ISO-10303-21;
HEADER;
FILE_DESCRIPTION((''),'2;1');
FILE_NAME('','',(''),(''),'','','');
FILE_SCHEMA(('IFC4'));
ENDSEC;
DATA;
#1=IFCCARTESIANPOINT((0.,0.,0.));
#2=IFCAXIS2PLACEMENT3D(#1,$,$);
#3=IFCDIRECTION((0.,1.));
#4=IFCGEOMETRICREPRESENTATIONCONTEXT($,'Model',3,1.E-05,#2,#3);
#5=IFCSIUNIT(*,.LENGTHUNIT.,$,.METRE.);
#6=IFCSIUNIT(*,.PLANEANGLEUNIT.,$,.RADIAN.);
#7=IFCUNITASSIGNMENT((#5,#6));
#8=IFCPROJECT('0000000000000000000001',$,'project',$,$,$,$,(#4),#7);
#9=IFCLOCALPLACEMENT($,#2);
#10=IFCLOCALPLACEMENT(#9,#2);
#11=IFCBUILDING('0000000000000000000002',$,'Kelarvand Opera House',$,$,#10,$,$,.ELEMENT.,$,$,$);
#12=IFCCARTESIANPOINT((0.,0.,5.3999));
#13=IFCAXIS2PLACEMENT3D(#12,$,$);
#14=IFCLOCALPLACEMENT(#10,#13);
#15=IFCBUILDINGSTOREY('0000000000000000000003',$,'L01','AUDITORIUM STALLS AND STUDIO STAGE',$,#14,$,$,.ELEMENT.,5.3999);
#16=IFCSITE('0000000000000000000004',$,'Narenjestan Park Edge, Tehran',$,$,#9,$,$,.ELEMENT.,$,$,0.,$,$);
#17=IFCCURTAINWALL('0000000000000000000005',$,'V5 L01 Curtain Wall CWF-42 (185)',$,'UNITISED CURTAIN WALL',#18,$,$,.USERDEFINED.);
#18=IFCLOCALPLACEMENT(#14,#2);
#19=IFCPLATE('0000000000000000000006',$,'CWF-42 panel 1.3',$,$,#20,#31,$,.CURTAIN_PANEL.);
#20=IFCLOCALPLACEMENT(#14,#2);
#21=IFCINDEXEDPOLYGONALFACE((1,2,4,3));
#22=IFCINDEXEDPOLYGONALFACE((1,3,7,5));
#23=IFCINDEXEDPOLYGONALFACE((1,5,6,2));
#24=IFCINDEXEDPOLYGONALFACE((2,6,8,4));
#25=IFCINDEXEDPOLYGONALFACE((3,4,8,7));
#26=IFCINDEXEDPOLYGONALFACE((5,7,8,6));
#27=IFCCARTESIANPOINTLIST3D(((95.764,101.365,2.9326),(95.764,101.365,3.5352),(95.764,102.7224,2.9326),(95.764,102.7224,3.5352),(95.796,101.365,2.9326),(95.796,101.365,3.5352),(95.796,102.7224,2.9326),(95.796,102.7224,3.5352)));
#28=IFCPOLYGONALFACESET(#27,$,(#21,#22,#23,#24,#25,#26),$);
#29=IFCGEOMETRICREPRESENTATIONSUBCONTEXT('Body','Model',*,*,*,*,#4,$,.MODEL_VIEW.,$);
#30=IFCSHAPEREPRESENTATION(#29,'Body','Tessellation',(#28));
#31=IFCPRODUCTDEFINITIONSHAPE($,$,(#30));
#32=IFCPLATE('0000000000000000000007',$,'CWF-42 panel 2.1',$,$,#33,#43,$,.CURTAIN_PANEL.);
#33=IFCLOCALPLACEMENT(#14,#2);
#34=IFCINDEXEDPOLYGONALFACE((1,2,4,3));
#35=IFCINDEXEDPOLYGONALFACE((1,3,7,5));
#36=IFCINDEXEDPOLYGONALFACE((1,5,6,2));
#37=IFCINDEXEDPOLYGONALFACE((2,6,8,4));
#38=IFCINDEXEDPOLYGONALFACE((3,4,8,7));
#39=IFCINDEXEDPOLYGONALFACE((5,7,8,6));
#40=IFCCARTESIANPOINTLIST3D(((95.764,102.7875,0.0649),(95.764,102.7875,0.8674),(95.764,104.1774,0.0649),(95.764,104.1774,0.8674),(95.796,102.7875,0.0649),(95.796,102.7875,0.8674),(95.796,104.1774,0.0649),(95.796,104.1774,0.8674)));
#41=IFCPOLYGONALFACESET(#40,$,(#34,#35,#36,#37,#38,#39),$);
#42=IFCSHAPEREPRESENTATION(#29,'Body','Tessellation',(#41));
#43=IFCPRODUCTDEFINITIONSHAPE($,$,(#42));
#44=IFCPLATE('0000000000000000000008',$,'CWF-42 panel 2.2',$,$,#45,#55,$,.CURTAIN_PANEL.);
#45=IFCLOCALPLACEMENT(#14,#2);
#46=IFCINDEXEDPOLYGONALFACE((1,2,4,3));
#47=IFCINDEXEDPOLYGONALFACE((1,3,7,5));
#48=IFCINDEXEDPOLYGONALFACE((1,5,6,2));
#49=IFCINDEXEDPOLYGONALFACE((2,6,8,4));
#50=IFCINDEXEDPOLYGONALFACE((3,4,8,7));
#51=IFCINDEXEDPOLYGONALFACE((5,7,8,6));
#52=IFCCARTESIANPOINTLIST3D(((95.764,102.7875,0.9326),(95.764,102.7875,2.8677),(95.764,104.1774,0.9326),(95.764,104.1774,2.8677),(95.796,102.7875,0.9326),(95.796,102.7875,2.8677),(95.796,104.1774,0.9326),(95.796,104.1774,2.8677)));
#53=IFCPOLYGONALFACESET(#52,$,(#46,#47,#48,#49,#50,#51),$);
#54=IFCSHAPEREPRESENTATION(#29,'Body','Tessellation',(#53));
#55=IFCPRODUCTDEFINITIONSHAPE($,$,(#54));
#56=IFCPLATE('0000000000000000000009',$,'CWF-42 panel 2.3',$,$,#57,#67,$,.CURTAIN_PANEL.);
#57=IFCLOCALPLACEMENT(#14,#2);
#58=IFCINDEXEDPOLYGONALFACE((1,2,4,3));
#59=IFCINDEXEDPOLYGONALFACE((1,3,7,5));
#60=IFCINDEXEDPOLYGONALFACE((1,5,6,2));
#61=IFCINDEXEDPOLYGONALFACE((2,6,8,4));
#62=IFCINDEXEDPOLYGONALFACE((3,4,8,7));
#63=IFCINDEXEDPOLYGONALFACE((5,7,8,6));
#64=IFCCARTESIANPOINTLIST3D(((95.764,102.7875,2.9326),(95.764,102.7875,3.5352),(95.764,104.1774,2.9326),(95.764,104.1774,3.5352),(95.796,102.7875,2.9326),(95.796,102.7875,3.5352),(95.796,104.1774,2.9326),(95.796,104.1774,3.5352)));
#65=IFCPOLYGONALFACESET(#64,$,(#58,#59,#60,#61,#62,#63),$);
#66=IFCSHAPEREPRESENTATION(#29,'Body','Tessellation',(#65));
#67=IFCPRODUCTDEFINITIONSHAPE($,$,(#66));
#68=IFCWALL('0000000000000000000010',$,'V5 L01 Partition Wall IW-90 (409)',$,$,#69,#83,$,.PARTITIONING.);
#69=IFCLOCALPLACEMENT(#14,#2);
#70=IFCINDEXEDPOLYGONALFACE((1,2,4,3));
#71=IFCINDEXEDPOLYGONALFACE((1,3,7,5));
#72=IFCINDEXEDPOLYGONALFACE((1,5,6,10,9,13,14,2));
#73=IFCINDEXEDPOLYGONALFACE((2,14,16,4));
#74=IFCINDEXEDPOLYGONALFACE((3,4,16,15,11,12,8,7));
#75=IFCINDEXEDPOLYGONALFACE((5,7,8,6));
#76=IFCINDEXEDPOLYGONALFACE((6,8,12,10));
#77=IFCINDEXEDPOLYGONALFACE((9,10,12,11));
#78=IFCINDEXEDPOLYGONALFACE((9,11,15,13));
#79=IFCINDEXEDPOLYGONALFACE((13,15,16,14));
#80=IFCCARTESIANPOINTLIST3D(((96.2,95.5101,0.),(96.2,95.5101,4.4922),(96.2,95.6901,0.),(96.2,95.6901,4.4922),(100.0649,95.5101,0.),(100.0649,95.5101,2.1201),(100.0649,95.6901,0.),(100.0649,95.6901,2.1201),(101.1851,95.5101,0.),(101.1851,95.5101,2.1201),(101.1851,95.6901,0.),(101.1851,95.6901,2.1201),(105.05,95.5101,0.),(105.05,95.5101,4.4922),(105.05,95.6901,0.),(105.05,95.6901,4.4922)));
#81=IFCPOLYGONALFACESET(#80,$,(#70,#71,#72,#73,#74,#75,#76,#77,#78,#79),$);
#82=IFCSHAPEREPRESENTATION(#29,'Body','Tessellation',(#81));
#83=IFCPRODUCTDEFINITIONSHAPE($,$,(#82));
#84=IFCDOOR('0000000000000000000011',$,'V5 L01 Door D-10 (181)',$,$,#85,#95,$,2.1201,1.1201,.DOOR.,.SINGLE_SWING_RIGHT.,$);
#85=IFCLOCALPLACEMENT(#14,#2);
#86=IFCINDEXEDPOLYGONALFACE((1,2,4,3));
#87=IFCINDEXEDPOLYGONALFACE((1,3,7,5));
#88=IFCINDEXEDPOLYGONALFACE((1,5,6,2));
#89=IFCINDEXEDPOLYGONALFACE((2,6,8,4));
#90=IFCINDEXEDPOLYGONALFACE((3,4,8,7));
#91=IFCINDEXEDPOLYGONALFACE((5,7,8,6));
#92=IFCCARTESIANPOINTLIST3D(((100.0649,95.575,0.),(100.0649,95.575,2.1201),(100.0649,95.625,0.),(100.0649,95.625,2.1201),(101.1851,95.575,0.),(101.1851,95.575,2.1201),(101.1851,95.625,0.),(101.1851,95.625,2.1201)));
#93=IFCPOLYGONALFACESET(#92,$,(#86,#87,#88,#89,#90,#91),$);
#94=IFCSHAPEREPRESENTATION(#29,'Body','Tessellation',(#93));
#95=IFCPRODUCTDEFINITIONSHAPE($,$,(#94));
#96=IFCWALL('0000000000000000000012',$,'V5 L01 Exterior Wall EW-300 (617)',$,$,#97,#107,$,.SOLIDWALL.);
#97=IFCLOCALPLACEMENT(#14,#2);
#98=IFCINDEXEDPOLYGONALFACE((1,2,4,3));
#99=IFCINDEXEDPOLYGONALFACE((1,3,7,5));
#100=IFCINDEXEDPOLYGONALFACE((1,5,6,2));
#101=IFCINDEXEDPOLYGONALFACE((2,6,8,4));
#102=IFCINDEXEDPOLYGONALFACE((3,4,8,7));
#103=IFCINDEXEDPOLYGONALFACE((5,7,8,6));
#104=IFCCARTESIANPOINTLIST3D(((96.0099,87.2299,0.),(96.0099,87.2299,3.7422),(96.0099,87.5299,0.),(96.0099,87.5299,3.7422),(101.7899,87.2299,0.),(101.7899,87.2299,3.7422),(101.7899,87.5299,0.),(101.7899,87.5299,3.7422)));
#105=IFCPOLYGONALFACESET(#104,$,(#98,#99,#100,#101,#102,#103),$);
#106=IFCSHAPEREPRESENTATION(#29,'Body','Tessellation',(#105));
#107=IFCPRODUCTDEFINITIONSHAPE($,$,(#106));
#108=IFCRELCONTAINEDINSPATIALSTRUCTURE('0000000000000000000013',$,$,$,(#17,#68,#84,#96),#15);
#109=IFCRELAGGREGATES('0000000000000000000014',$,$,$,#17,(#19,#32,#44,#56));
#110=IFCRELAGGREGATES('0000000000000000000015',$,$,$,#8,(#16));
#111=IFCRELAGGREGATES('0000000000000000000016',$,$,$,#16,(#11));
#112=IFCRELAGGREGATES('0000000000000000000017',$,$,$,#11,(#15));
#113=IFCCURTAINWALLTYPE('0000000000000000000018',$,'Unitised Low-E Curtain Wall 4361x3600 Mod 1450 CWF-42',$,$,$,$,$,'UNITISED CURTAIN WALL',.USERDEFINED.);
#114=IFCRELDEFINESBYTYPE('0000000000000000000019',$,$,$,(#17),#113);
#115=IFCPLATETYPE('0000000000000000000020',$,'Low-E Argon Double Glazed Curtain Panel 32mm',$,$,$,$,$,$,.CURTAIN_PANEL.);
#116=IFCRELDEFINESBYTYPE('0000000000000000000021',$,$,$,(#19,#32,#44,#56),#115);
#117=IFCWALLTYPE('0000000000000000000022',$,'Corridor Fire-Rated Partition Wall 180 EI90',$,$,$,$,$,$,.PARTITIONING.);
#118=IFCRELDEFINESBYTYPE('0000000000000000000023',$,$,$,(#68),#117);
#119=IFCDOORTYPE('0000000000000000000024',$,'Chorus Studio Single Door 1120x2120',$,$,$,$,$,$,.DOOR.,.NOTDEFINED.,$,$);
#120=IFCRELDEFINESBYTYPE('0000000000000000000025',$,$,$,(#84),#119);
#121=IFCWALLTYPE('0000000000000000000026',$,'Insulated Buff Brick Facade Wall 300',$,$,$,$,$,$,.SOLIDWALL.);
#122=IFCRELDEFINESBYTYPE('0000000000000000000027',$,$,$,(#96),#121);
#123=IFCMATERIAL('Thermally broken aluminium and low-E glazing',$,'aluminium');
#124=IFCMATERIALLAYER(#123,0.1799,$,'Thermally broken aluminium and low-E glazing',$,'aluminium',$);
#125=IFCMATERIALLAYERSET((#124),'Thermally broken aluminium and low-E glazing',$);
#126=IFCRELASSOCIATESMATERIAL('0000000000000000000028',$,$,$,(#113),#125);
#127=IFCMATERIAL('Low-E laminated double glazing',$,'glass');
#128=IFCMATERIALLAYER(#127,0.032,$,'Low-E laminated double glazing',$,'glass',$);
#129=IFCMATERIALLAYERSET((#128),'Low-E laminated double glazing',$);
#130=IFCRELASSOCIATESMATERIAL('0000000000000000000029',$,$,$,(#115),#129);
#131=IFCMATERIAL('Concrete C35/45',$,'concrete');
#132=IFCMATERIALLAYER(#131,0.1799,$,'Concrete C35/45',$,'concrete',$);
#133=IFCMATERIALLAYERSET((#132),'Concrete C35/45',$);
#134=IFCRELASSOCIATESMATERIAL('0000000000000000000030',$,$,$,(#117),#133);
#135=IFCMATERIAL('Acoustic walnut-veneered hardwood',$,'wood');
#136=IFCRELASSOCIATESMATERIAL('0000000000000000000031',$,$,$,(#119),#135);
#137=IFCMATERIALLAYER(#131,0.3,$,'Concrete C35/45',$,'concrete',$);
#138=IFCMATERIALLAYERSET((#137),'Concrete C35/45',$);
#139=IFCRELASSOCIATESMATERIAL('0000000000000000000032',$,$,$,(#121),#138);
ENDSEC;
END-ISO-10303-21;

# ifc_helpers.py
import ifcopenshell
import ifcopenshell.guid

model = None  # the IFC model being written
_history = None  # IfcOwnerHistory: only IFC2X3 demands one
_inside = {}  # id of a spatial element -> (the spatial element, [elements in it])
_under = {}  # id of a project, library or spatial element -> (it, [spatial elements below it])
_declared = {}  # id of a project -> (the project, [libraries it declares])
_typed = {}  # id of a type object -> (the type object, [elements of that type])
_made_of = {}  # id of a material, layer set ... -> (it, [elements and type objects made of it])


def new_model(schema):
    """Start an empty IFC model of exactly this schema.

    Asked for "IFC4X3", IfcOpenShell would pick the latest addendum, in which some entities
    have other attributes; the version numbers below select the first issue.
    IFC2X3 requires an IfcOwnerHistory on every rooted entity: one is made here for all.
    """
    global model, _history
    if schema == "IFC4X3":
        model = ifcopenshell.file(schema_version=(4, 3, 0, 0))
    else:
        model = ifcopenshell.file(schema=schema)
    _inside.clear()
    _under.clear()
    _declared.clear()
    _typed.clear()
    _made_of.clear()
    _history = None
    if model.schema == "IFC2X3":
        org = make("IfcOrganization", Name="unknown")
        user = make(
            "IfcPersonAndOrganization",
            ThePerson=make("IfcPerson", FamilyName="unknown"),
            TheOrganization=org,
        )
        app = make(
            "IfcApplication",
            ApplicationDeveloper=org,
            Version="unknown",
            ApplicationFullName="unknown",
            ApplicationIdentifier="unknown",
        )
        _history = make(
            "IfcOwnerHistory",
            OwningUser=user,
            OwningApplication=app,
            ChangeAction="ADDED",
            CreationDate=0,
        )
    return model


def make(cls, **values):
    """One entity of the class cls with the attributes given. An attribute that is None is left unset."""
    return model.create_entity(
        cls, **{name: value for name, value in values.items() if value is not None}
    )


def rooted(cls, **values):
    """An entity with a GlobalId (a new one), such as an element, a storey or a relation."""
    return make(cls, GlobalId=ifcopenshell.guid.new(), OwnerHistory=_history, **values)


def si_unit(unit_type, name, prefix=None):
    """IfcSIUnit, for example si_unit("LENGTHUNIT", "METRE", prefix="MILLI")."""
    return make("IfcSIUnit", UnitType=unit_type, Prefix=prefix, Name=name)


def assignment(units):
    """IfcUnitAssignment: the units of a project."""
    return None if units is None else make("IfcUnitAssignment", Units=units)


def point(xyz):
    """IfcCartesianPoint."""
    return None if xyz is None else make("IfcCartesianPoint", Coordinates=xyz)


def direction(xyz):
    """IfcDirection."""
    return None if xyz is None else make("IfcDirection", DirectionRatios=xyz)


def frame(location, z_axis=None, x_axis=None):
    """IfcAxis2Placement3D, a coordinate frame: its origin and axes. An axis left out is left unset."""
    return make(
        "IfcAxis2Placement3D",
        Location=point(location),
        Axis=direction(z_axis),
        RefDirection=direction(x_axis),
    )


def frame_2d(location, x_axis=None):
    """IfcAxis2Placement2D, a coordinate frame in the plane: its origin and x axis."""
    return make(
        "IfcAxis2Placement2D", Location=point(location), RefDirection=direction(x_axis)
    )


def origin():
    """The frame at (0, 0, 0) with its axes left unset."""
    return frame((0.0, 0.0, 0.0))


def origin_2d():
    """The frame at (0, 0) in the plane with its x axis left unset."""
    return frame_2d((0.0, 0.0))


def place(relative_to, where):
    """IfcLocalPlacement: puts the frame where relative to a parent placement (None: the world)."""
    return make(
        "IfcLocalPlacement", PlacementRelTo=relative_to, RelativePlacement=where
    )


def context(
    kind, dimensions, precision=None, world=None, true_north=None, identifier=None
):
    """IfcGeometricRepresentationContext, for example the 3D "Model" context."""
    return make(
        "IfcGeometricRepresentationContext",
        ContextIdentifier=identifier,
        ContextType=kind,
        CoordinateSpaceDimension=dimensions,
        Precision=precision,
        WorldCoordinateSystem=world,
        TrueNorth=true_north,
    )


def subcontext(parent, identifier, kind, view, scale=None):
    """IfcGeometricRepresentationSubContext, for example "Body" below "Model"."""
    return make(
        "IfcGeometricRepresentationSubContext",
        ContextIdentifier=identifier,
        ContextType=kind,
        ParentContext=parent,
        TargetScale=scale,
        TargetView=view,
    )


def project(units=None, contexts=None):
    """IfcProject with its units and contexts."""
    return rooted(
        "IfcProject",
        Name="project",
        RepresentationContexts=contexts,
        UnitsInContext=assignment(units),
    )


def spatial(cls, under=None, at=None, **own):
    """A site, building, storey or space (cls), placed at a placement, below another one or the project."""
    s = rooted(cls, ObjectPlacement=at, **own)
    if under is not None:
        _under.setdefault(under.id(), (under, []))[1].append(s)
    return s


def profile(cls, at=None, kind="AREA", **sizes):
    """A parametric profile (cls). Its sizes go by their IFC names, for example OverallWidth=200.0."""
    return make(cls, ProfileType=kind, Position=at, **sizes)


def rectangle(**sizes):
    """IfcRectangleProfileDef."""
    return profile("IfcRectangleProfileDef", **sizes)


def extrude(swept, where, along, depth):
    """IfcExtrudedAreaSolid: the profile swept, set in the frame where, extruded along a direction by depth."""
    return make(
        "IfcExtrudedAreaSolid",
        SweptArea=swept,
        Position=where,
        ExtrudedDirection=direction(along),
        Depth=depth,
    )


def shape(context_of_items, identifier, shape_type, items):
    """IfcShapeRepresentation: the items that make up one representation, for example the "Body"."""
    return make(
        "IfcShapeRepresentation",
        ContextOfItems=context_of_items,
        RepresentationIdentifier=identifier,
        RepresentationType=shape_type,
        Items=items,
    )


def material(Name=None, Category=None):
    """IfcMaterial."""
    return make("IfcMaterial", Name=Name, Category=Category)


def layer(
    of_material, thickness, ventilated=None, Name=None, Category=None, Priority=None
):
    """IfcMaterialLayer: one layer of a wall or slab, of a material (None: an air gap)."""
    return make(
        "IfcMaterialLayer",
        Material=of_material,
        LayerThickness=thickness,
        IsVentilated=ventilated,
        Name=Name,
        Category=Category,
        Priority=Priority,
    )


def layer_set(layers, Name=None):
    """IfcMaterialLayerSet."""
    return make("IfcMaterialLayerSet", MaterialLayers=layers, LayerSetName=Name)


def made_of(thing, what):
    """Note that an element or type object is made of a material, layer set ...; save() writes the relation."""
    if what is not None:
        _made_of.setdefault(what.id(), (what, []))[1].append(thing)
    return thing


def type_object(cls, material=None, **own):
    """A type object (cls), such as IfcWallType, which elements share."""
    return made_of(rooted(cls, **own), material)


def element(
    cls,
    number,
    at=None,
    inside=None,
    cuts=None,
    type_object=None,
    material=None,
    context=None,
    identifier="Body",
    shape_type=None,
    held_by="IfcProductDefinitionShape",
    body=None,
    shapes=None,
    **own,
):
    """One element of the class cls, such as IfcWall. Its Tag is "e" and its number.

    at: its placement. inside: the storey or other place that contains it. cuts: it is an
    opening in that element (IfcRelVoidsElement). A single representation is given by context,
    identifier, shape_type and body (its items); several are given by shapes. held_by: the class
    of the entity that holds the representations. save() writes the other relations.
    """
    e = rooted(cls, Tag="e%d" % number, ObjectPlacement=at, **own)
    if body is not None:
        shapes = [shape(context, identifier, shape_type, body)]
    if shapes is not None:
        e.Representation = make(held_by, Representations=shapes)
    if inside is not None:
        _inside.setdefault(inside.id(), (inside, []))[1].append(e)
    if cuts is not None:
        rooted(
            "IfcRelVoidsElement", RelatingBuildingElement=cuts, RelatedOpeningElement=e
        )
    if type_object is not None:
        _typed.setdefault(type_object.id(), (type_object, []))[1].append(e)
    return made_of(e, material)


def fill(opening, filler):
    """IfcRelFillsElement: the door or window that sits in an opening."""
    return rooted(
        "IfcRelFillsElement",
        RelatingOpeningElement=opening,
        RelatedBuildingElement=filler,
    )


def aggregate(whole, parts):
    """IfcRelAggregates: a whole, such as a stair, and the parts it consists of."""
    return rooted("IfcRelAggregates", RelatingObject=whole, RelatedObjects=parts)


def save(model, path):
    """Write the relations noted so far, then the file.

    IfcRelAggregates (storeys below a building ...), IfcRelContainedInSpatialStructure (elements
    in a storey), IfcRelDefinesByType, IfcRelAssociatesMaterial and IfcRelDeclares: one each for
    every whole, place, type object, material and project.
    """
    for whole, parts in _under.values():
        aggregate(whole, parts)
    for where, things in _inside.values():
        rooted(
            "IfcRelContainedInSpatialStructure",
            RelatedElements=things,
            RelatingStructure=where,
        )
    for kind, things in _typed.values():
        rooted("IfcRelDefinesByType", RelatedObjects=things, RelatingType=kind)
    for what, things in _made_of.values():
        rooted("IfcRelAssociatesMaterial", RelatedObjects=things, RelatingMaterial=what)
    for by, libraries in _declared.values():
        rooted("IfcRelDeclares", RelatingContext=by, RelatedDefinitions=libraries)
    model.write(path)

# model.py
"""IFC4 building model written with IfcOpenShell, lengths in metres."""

from ifc_helpers import new_model, si_unit, direction, frame, frame_2d, origin, origin_2d, place, context, subcontext, project, spatial, rectangle, extrude, material, layer, layer_set, type_object, element, fill, aggregate, save


model = new_model("IFC4")

# Units and contexts
model_context = context("Model", 3, precision=1e-05, world=origin(), true_north=direction((0.0, 1.0)))
body_context = subcontext(model_context, "Body", "Model", "MODEL_VIEW")
ifc_project = project(units=[si_unit("LENGTHUNIT", "METRE"), si_unit("PLANEANGLEUNIT", "RADIAN")], contexts=[model_context])

# Site, building, storey
site_placement = place(None, origin())
site = spatial("IfcSite", under=ifc_project, at=site_placement, Name="Narenjestan Park Edge, Tehran", CompositionType="ELEMENT", RefElevation=0.0)
building_placement = place(site_placement, origin())
building = spatial("IfcBuilding", under=site, at=building_placement, Name="Kelarvand Opera House", CompositionType="ELEMENT")
storey_placement = place(building_placement, frame((0.0, 0.0, 5.3999)))
storey = spatial("IfcBuildingStorey", under=building, at=storey_placement, Name="L01", Description="AUDITORIUM STALLS AND STUDIO STAGE", CompositionType="ELEMENT", Elevation=5.3999)

# Curtain wall
ifc_material_1 = material(Name="Thermally broken aluminium and low-E glazing", Category="aluminium")
ifc_layer_1 = layer(ifc_material_1, 0.1799, Name="Thermally broken aluminium and low-E glazing", Category="aluminium")
ifc_layer_set_1 = layer_set([ifc_layer_1], Name="Thermally broken aluminium and low-E glazing")
curtain_wall_type = type_object("IfcCurtainWallType", Name="Unitised Low-E Curtain Wall 4361x3600 Mod 1450 CWF-42", ElementType="UNITISED CURTAIN WALL", PredefinedType="USERDEFINED", material=ifc_layer_set_1)
curtain_wall_placement = place(storey_placement, origin())
curtain_wall = element("IfcCurtainWall", 1, at=curtain_wall_placement, inside=storey, type_object=curtain_wall_type, Name="V5 L01 Curtain Wall CWF-42 (185)", ObjectType="UNITISED CURTAIN WALL", PredefinedType="USERDEFINED")

# Plates
ifc_material_2 = material(Name="Low-E laminated double glazing", Category="glass")
ifc_layer_2 = layer(ifc_material_2, 0.032, Name="Low-E laminated double glazing", Category="glass")
ifc_layer_set_2 = layer_set([ifc_layer_2], Name="Low-E laminated double glazing")
plate_type = type_object("IfcPlateType", Name="Low-E Argon Double Glazed Curtain Panel 32mm", PredefinedType="CURTAIN_PANEL", material=ifc_layer_set_2)
plate_1_placement = place(storey_placement, frame((95.78, 102.0437, 2.9326), z_axis=(0.0, 0.0, 1.0), x_axis=(0.0, 1.0, 0.0)))
plate_1 = element("IfcPlate", 2, at=plate_1_placement, type_object=plate_type, Name="CWF-42 panel 1.3", PredefinedType="CURTAIN_PANEL", context=body_context, shape_type="SweptSolid", body=[
    extrude(rectangle(XDim=1.3574, YDim=0.032, at=origin_2d()), origin(), (0.0, 0.0, 1.0), 0.6025),
])
plate_2_placement = place(storey_placement, frame((95.78, 103.4824, 0.0649), z_axis=(0.0, 0.0, 1.0), x_axis=(0.0, 1.0, 0.0)))
plate_2 = element("IfcPlate", 3, at=plate_2_placement, type_object=plate_type, Name="CWF-42 panel 2.1", PredefinedType="CURTAIN_PANEL", context=body_context, shape_type="SweptSolid", body=[
    extrude(rectangle(XDim=1.3899, YDim=0.032, at=origin_2d()), origin(), (0.0, 0.0, 1.0), 0.8025),
])
plate_3_placement = place(storey_placement, frame((95.78, 103.4824, 0.9326), z_axis=(0.0, 0.0, 1.0), x_axis=(0.0, 1.0, 0.0)))
plate_3 = element("IfcPlate", 4, at=plate_3_placement, type_object=plate_type, Name="CWF-42 panel 2.2", PredefinedType="CURTAIN_PANEL", context=body_context, shape_type="SweptSolid", body=[
    extrude(rectangle(XDim=1.3899, YDim=0.032, at=origin_2d()), origin(), (0.0, 0.0, 1.0), 1.9351),
])
plate_4_placement = place(storey_placement, frame((95.78, 103.4824, 2.9326), z_axis=(0.0, 0.0, 1.0), x_axis=(0.0, 1.0, 0.0)))
plate_4 = element("IfcPlate", 5, at=plate_4_placement, type_object=plate_type, Name="CWF-42 panel 2.3", PredefinedType="CURTAIN_PANEL", context=body_context, shape_type="SweptSolid", body=[
    extrude(rectangle(XDim=1.3899, YDim=0.032, at=origin_2d()), origin(), (0.0, 0.0, 1.0), 0.6025),
])
aggregate(curtain_wall, [plate_1, plate_2, plate_3, plate_4])

# Wall, opening, door
ifc_material_3 = material(Name="Concrete C35/45", Category="concrete")
ifc_layer_3 = layer(ifc_material_3, 0.1799, Name="Concrete C35/45", Category="concrete")
ifc_layer_set_3 = layer_set([ifc_layer_3], Name="Concrete C35/45")
wall_type_1 = type_object("IfcWallType", Name="Corridor Fire-Rated Partition Wall 180 EI90", PredefinedType="PARTITIONING", material=ifc_layer_set_3)
wall_1_placement = place(storey_placement, frame((96.2, 95.6001, 0.0), z_axis=(0.0, 0.0, 1.0), x_axis=(1.0, 0.0, 0.0)))
wall_1 = element("IfcWall", 6, at=wall_1_placement, inside=storey, type_object=wall_type_1, Name="V5 L01 Partition Wall IW-90 (409)", PredefinedType="PARTITIONING", context=body_context, shape_type="SweptSolid", body=[
    extrude(rectangle(XDim=8.8501, YDim=0.1799, at=frame_2d((4.425, 0.0))), origin(), (0.0, 0.0, 1.0), 4.4922),
])
opening_placement = place(wall_1_placement, frame((3.865, 0.0, 0.0)))
opening = element("IfcOpeningElement", 7, at=opening_placement, cuts=wall_1, PredefinedType="OPENING", context=body_context, shape_type="SweptSolid", body=[
    extrude(rectangle(XDim=1.1201, YDim=2.1201, at=frame_2d((0.5601, 1.0601))), frame((0.0, 0.1001, 0.0), z_axis=(0.0, -1.0, 0.0), x_axis=(1.0, 0.0, 0.0)), (0.0, 0.0, 1.0), 0.2),
])
ifc_material_4 = material(Name="Acoustic walnut-veneered hardwood", Category="wood")
door_type = type_object("IfcDoorType", Name="Chorus Studio Single Door 1120x2120", OperationType="NOTDEFINED", PredefinedType="DOOR", material=ifc_material_4)
door_placement = place(opening_placement, origin())
door = element("IfcDoor", 8, at=door_placement, inside=storey, type_object=door_type, Name="V5 L01 Door D-10 (181)", OperationType="SINGLE_SWING_RIGHT", OverallHeight=2.1201, OverallWidth=1.1201, PredefinedType="DOOR", context=body_context, shape_type="SweptSolid", body=[
    extrude(rectangle(XDim=1.1201, YDim=2.1201, at=frame_2d((0.5601, 1.0601))), frame((0.0, 0.0249, 0.0), z_axis=(0.0, -1.0, 0.0), x_axis=(1.0, 0.0, 0.0)), (0.0, 0.0, 1.0), 0.05),
])
fill(opening, door)

# Wall
ifc_layer_4 = layer(ifc_material_3, 0.3, Name="Concrete C35/45", Category="concrete")
ifc_layer_set_4 = layer_set([ifc_layer_4], Name="Concrete C35/45")
wall_type_2 = type_object("IfcWallType", Name="Insulated Buff Brick Facade Wall 300", PredefinedType="SOLIDWALL", material=ifc_layer_set_4)
wall_2_placement = place(storey_placement, frame((101.79, 87.3799, 0.0), z_axis=(0.0, 0.0, 1.0), x_axis=(-1.0, 0.0, 0.0)))
element("IfcWall", 9, at=wall_2_placement, inside=storey, type_object=wall_type_2, Name="V5 L01 Exterior Wall EW-300 (617)", PredefinedType="SOLIDWALL", context=body_context, shape_type="SweptSolid", body=[
    extrude(rectangle(XDim=5.78, YDim=0.3, at=frame_2d((2.8901, 0.0))), origin(), (0.0, 0.0, 1.0), 3.7422),
])

save(model, "model.ifc")
